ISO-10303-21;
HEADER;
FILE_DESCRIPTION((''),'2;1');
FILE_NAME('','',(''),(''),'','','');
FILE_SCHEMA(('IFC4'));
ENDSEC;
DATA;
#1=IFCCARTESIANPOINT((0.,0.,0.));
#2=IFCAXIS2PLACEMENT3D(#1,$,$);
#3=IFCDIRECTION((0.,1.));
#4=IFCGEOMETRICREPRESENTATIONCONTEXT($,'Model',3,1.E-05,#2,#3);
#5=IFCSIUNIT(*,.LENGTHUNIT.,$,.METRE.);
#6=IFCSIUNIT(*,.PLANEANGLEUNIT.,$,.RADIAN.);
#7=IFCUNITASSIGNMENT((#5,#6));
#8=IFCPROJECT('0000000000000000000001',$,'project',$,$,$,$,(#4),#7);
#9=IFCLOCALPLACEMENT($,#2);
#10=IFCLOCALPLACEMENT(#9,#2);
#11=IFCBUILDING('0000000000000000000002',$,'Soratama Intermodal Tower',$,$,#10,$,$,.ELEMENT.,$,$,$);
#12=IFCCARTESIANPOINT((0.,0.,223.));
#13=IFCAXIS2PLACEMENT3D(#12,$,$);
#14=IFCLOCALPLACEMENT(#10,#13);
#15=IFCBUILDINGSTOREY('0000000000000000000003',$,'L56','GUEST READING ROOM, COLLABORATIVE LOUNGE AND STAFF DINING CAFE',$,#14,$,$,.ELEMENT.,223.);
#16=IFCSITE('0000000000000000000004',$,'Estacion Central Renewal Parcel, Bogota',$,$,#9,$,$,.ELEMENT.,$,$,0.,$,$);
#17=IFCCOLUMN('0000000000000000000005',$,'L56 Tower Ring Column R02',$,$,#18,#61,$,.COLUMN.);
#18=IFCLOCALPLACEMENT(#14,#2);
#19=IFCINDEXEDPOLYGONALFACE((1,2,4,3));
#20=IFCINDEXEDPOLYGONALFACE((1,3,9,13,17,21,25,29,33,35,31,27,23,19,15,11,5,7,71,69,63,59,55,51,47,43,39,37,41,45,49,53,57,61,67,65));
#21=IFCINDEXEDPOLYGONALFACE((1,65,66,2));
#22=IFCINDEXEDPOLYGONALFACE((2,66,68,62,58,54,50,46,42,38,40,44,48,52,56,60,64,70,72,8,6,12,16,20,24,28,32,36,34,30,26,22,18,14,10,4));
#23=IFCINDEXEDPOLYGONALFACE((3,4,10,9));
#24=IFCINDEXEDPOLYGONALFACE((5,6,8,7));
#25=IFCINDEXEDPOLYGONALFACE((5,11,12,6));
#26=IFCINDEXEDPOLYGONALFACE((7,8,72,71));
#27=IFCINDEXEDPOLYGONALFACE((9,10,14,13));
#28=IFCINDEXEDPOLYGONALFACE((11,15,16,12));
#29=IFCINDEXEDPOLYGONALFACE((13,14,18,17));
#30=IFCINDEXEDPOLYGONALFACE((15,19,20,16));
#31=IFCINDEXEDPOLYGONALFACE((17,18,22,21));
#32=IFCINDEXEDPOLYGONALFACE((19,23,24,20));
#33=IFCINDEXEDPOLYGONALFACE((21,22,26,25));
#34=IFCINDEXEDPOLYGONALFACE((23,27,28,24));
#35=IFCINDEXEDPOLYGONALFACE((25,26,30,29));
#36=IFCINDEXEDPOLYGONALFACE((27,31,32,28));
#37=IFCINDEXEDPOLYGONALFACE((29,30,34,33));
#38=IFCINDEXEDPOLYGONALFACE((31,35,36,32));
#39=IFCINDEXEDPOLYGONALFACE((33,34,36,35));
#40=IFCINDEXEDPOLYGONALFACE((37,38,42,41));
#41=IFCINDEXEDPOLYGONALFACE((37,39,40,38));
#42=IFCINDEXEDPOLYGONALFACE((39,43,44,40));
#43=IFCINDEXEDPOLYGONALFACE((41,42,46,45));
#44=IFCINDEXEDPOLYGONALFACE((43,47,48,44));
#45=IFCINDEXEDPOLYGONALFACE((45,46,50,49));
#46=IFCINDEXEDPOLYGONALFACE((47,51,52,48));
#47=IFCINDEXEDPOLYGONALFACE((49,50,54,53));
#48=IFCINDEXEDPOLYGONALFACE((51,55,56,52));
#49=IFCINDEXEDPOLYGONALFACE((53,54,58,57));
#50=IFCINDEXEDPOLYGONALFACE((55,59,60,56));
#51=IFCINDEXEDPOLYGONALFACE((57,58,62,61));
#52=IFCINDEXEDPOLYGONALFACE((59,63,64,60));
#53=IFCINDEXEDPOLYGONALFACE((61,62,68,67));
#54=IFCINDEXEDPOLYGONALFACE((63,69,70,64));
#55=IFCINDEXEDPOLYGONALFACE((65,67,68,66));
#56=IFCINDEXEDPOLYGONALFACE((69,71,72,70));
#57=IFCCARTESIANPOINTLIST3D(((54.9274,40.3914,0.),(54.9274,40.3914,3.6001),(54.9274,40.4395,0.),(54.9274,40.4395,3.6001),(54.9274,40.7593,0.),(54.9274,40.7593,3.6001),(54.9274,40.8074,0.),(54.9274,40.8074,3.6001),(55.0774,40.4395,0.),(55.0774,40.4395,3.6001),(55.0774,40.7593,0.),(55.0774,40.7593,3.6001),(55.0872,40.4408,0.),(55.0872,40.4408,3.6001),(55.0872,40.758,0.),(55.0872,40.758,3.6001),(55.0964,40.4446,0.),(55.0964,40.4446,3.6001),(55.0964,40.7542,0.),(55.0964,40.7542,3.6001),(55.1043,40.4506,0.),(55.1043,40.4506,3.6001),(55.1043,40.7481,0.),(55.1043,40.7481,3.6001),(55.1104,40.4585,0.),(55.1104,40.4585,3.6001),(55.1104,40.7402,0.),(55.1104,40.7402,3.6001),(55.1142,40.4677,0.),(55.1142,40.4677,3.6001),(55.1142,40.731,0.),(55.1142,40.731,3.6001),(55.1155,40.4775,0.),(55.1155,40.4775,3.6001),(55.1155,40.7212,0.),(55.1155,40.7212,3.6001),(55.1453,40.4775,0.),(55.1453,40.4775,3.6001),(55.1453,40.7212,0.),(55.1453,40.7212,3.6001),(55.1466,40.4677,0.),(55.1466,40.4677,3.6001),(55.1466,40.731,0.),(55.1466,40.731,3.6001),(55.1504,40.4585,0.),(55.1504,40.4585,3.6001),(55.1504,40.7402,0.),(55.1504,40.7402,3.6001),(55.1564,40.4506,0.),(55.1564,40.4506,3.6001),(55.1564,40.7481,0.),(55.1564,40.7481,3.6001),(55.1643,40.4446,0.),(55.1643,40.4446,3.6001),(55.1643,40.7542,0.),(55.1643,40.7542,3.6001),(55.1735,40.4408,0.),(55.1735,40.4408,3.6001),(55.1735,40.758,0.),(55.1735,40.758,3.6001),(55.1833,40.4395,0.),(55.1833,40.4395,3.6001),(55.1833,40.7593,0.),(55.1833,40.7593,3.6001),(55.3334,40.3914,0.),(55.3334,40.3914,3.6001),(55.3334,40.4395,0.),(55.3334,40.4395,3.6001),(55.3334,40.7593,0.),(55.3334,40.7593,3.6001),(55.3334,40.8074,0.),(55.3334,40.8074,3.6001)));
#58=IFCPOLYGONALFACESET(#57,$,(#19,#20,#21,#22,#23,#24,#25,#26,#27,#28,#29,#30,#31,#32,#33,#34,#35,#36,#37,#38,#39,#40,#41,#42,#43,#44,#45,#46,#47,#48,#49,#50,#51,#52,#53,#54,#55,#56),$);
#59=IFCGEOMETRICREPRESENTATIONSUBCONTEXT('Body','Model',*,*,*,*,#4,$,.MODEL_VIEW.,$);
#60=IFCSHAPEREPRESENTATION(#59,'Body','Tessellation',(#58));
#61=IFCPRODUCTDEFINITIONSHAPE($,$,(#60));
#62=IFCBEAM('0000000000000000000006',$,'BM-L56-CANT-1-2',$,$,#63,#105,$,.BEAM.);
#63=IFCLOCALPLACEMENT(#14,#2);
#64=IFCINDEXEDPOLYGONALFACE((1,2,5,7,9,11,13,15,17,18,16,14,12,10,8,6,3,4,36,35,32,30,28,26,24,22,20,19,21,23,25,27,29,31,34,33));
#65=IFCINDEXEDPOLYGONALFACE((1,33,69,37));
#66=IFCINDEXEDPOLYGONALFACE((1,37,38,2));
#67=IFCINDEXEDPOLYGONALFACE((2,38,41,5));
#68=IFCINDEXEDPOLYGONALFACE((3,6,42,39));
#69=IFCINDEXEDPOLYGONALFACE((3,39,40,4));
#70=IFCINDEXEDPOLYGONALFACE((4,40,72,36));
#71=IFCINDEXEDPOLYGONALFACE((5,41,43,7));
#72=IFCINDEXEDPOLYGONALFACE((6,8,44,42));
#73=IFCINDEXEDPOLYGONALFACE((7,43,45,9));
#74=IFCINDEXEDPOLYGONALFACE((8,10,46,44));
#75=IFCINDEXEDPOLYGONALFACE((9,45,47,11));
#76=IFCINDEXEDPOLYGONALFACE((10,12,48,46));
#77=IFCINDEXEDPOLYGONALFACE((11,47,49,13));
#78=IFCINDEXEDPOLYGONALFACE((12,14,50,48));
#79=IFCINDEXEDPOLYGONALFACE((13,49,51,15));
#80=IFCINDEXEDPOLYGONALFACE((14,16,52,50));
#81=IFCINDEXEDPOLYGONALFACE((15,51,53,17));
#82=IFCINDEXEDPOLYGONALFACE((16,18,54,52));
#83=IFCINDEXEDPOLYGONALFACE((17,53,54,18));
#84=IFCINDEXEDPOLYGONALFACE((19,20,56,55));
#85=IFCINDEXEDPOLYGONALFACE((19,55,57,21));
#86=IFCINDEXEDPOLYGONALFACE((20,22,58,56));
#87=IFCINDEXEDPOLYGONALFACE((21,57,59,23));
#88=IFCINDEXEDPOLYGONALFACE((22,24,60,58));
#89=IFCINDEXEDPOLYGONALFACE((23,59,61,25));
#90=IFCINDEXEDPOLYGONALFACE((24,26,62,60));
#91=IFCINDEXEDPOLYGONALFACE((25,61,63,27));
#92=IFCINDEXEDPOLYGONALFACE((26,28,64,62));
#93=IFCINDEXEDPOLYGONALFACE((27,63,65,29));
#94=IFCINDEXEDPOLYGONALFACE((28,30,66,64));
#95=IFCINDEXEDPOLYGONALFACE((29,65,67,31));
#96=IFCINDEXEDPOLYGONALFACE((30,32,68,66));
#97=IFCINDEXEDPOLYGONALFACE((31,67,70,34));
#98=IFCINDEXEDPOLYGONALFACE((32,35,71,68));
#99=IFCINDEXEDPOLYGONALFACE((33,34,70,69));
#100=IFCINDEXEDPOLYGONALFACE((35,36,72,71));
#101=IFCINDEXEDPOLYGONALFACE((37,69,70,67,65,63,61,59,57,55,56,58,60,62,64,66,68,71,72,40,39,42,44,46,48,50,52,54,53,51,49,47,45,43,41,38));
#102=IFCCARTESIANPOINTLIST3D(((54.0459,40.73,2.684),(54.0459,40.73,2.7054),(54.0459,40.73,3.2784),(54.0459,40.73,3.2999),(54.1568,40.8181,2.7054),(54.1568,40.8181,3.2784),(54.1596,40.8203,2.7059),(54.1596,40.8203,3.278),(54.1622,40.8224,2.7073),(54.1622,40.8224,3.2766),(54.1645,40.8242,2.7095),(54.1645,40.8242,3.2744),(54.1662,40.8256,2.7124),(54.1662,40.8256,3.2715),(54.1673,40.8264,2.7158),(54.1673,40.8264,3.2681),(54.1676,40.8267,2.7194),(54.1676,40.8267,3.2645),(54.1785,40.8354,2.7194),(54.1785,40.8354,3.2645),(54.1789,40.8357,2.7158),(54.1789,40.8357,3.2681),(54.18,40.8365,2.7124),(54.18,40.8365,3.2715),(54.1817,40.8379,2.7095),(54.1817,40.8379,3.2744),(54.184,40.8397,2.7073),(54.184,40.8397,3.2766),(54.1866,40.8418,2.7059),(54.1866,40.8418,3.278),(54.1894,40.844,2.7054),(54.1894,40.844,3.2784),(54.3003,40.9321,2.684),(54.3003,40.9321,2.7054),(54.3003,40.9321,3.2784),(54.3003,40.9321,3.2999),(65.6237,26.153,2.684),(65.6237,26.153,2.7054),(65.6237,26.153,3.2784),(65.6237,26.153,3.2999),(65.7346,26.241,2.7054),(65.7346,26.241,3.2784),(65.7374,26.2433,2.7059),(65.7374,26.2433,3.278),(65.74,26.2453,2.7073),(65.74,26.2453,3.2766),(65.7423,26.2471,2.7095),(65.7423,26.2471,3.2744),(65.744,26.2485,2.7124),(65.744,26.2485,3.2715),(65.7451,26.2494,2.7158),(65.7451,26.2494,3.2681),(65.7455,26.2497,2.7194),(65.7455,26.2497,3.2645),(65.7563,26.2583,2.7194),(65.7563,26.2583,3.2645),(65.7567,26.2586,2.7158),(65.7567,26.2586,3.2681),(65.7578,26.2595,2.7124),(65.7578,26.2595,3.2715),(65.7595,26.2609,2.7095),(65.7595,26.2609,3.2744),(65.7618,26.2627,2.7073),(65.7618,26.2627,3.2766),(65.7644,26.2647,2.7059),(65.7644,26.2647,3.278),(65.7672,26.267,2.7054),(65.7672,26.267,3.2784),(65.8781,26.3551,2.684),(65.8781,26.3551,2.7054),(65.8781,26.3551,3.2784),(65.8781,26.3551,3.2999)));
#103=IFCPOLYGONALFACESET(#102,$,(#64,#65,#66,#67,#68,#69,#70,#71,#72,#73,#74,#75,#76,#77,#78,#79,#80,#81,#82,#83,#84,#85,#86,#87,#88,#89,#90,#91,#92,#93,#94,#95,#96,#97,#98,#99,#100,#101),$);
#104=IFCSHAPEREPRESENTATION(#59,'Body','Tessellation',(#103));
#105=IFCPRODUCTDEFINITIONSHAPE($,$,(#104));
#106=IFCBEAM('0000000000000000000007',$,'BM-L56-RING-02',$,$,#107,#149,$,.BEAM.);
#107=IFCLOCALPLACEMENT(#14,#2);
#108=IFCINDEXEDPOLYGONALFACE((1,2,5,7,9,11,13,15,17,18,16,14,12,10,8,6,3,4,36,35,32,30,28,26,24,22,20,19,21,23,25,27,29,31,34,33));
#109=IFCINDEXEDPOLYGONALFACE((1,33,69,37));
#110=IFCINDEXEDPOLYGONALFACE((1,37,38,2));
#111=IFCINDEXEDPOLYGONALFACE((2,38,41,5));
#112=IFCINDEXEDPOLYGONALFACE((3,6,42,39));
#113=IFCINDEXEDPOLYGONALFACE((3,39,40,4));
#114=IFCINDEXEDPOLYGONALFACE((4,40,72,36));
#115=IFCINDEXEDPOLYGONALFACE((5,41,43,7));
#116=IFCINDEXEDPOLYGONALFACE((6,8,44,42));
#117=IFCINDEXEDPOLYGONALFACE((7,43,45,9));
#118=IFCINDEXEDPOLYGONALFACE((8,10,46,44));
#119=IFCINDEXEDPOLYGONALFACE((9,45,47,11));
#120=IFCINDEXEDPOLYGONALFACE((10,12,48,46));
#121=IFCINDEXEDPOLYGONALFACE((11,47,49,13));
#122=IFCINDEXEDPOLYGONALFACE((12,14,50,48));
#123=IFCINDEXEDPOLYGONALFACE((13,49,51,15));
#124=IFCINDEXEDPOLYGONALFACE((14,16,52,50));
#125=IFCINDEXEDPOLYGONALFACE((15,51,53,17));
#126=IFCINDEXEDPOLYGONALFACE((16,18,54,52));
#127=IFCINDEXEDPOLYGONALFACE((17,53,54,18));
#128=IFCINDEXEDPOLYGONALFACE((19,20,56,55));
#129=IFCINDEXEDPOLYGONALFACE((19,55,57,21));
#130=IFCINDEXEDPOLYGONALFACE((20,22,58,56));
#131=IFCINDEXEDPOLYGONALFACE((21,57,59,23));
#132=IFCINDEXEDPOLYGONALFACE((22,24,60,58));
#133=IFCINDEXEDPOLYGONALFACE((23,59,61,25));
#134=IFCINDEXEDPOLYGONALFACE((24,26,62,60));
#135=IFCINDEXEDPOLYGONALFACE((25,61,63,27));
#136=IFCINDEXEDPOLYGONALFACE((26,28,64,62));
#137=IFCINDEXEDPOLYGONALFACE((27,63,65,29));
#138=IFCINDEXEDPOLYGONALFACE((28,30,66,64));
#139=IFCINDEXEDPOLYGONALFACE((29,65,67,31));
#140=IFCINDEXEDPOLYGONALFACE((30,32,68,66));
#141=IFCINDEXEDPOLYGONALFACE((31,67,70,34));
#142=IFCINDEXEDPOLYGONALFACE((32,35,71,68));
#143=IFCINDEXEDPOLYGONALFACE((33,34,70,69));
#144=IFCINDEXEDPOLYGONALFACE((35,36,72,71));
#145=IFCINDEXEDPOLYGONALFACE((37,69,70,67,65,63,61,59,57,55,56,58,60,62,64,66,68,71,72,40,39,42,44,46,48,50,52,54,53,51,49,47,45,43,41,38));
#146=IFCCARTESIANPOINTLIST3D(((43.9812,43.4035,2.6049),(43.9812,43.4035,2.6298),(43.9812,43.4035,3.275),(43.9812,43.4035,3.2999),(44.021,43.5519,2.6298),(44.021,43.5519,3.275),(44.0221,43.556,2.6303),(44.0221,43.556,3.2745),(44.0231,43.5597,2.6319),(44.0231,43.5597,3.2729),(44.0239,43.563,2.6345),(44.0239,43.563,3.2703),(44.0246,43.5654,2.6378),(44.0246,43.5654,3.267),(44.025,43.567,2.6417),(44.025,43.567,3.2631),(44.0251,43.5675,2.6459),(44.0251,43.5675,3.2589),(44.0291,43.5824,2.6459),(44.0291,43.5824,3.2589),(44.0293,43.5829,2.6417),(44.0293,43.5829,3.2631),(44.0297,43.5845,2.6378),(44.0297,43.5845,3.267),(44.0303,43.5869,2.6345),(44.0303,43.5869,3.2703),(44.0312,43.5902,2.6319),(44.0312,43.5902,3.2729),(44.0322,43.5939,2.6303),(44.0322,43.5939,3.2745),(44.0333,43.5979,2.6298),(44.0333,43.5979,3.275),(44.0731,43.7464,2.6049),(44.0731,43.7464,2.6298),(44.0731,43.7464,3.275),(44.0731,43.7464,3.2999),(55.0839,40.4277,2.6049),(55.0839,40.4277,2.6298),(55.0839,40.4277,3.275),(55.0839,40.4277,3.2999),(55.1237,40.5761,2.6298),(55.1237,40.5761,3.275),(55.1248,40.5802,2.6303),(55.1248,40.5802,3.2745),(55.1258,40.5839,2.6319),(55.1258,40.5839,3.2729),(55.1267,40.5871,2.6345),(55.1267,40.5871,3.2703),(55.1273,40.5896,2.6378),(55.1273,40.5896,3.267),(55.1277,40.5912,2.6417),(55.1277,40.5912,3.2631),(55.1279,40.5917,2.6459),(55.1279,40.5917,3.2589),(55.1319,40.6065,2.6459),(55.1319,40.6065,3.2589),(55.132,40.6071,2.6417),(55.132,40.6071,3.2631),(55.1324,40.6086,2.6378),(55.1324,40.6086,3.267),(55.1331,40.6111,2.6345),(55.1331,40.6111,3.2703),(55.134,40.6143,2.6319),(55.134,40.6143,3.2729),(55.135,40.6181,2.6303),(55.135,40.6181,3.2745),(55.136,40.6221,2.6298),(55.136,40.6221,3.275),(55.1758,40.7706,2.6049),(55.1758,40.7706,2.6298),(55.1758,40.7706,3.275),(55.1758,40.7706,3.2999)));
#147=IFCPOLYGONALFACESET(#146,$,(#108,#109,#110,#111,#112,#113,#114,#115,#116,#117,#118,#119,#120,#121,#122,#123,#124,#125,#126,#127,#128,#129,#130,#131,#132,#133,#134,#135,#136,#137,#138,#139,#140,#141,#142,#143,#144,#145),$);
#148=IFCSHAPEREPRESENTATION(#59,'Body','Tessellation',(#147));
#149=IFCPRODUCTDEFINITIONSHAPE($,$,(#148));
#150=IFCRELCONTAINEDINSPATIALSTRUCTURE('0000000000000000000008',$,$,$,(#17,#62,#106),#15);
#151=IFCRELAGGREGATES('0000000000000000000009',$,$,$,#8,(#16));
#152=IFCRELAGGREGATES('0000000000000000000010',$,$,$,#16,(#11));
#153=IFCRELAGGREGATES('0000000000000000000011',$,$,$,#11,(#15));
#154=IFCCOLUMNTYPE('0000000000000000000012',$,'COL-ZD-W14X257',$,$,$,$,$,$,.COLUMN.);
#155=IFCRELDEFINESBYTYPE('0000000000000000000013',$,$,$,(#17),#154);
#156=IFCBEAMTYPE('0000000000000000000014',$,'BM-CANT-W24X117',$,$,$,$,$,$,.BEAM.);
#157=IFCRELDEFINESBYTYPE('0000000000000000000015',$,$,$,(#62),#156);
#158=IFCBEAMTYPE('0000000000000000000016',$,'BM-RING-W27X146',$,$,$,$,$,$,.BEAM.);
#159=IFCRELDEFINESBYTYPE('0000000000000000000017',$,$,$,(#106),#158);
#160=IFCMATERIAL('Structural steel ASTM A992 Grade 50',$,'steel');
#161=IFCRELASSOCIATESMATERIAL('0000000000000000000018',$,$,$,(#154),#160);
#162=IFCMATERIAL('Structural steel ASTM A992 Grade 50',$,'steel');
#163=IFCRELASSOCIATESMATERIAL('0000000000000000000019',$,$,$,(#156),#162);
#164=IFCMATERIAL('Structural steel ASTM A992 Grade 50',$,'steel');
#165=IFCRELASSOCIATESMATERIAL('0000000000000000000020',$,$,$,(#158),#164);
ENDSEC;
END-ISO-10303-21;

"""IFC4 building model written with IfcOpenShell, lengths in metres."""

from ifc_helpers import new_model, si_unit, direction, frame, origin, origin_2d, place, context, subcontext, project, spatial, i_section, extrude, material, material_profile, profile_set, type_object, element, save


model = new_model("IFC4")

# Units and contexts
model_context = context("Model", 3, precision=1e-05, world=origin(), true_north=direction((0.0, 1.0)))
body_context = subcontext(model_context, "Body", "Model", "MODEL_VIEW")
ifc_project = project(units=[si_unit("LENGTHUNIT", "METRE"), si_unit("PLANEANGLEUNIT", "RADIAN")], contexts=[model_context])

# Site, building, storey
site_placement = place(None, origin())
site = spatial("IfcSite", under=ifc_project, at=site_placement, Name="Estacion Central Renewal Parcel, Bogota", CompositionType="ELEMENT", RefElevation=0.0)
building_placement = place(site_placement, origin())
building = spatial("IfcBuilding", under=site, at=building_placement, Name="Soratama Intermodal Tower", CompositionType="ELEMENT")
storey_placement = place(building_placement, frame((0.0, 0.0, 223.0)))
storey = spatial("IfcBuildingStorey", under=building, at=storey_placement, Name="L56", Description="GUEST READING ROOM, COLLABORATIVE LOUNGE AND STAFF DINING CAFE", CompositionType="ELEMENT", Elevation=223.0)

# Column
ifc_material_1 = material(Name="Structural steel ASTM A992 Grade 50", Category="steel")
ifc_material_profile_1 = material_profile(ifc_material_1, i_section(OverallWidth=0.406, OverallDepth=0.416, WebThickness=0.0298, FlangeThickness=0.0481, FilletRadius=0.0381, at=origin_2d()), Name="W14X257")
ifc_profile_set_1 = profile_set([ifc_material_profile_1], Name="Structural steel ASTM A992 Grade 50")
column_type = type_object("IfcColumnType", Name="COL-ZD-W14X257", PredefinedType="COLUMN", material=ifc_profile_set_1)
column_placement = place(storey_placement, frame((55.1304, 40.5994, 0.0), z_axis=(0.0, 0.0, 1.0), x_axis=(1.0, 0.0, 0.0)))
element("IfcColumn", 1, at=column_placement, inside=storey, type_object=column_type, Name="L56 Tower Ring Column R02", PredefinedType="COLUMN", context=body_context, shape_type="SweptSolid", body=[
    extrude(i_section(OverallWidth=0.406, OverallDepth=0.416, WebThickness=0.0298, FlangeThickness=0.0481, FilletRadius=0.0381, at=origin_2d()), origin(), (0.0, 0.0, 1.0), 3.6001),
])

# Beams
ifc_material_2 = material(Name="Structural steel ASTM A992 Grade 50", Category="steel")
ifc_material_profile_2 = material_profile(ifc_material_2, i_section(OverallWidth=0.325, OverallDepth=0.616, WebThickness=0.0139, FlangeThickness=0.0215, FilletRadius=0.0139, at=origin_2d()), Name="W24X117")
ifc_profile_set_2 = profile_set([ifc_material_profile_2], Name="Structural steel ASTM A992 Grade 50")
beam_type_1 = type_object("IfcBeamType", Name="BM-CANT-W24X117", PredefinedType="BEAM", material=ifc_profile_set_2)
beam_1_placement = place(storey_placement, frame((54.1731, 40.8311, 2.9919), z_axis=(0.621945, -0.783061, 0.0), x_axis=(0.783061, 0.621945, 0.0)))
element("IfcBeam", 2, at=beam_1_placement, inside=storey, type_object=beam_type_1, Name="BM-L56-CANT-1-2", PredefinedType="BEAM", context=body_context, shape_type="SweptSolid", body=[
    extrude(i_section(OverallWidth=0.325, OverallDepth=0.616, WebThickness=0.0139, FlangeThickness=0.0215, FilletRadius=0.0139, at=origin_2d()), origin(), (0.0, 0.0, 1.0), 18.6155),
])
ifc_material_3 = material(Name="Structural steel ASTM A992 Grade 50", Category="steel")
ifc_material_profile_3 = material_profile(ifc_material_3, i_section(OverallWidth=0.355, OverallDepth=0.6951, WebThickness=0.0154, FlangeThickness=0.0249, FilletRadius=0.0161, at=origin_2d()), Name="W27X146")
ifc_profile_set_3 = profile_set([ifc_material_profile_3], Name="Structural steel ASTM A992 Grade 50")
beam_type_2 = type_object("IfcBeamType", Name="BM-RING-W27X146", PredefinedType="BEAM", material=ifc_profile_set_3)
beam_2_placement = place(storey_placement, frame((55.1299, 40.5991, 2.9524), z_axis=(-0.965907, 0.258888, 0.0), x_axis=(-0.258888, -0.965907, 0.0)))
element("IfcBeam", 3, at=beam_2_placement, inside=storey, type_object=beam_type_2, Name="BM-L56-RING-02", PredefinedType="BEAM", context=body_context, shape_type="SweptSolid", body=[
    extrude(i_section(OverallWidth=0.355, OverallDepth=0.6951, WebThickness=0.0154, FlangeThickness=0.0249, FilletRadius=0.0161, at=origin_2d()), origin(), (0.0, 0.0, 1.0), 11.4946),
])

save(model, "model.ifc")
